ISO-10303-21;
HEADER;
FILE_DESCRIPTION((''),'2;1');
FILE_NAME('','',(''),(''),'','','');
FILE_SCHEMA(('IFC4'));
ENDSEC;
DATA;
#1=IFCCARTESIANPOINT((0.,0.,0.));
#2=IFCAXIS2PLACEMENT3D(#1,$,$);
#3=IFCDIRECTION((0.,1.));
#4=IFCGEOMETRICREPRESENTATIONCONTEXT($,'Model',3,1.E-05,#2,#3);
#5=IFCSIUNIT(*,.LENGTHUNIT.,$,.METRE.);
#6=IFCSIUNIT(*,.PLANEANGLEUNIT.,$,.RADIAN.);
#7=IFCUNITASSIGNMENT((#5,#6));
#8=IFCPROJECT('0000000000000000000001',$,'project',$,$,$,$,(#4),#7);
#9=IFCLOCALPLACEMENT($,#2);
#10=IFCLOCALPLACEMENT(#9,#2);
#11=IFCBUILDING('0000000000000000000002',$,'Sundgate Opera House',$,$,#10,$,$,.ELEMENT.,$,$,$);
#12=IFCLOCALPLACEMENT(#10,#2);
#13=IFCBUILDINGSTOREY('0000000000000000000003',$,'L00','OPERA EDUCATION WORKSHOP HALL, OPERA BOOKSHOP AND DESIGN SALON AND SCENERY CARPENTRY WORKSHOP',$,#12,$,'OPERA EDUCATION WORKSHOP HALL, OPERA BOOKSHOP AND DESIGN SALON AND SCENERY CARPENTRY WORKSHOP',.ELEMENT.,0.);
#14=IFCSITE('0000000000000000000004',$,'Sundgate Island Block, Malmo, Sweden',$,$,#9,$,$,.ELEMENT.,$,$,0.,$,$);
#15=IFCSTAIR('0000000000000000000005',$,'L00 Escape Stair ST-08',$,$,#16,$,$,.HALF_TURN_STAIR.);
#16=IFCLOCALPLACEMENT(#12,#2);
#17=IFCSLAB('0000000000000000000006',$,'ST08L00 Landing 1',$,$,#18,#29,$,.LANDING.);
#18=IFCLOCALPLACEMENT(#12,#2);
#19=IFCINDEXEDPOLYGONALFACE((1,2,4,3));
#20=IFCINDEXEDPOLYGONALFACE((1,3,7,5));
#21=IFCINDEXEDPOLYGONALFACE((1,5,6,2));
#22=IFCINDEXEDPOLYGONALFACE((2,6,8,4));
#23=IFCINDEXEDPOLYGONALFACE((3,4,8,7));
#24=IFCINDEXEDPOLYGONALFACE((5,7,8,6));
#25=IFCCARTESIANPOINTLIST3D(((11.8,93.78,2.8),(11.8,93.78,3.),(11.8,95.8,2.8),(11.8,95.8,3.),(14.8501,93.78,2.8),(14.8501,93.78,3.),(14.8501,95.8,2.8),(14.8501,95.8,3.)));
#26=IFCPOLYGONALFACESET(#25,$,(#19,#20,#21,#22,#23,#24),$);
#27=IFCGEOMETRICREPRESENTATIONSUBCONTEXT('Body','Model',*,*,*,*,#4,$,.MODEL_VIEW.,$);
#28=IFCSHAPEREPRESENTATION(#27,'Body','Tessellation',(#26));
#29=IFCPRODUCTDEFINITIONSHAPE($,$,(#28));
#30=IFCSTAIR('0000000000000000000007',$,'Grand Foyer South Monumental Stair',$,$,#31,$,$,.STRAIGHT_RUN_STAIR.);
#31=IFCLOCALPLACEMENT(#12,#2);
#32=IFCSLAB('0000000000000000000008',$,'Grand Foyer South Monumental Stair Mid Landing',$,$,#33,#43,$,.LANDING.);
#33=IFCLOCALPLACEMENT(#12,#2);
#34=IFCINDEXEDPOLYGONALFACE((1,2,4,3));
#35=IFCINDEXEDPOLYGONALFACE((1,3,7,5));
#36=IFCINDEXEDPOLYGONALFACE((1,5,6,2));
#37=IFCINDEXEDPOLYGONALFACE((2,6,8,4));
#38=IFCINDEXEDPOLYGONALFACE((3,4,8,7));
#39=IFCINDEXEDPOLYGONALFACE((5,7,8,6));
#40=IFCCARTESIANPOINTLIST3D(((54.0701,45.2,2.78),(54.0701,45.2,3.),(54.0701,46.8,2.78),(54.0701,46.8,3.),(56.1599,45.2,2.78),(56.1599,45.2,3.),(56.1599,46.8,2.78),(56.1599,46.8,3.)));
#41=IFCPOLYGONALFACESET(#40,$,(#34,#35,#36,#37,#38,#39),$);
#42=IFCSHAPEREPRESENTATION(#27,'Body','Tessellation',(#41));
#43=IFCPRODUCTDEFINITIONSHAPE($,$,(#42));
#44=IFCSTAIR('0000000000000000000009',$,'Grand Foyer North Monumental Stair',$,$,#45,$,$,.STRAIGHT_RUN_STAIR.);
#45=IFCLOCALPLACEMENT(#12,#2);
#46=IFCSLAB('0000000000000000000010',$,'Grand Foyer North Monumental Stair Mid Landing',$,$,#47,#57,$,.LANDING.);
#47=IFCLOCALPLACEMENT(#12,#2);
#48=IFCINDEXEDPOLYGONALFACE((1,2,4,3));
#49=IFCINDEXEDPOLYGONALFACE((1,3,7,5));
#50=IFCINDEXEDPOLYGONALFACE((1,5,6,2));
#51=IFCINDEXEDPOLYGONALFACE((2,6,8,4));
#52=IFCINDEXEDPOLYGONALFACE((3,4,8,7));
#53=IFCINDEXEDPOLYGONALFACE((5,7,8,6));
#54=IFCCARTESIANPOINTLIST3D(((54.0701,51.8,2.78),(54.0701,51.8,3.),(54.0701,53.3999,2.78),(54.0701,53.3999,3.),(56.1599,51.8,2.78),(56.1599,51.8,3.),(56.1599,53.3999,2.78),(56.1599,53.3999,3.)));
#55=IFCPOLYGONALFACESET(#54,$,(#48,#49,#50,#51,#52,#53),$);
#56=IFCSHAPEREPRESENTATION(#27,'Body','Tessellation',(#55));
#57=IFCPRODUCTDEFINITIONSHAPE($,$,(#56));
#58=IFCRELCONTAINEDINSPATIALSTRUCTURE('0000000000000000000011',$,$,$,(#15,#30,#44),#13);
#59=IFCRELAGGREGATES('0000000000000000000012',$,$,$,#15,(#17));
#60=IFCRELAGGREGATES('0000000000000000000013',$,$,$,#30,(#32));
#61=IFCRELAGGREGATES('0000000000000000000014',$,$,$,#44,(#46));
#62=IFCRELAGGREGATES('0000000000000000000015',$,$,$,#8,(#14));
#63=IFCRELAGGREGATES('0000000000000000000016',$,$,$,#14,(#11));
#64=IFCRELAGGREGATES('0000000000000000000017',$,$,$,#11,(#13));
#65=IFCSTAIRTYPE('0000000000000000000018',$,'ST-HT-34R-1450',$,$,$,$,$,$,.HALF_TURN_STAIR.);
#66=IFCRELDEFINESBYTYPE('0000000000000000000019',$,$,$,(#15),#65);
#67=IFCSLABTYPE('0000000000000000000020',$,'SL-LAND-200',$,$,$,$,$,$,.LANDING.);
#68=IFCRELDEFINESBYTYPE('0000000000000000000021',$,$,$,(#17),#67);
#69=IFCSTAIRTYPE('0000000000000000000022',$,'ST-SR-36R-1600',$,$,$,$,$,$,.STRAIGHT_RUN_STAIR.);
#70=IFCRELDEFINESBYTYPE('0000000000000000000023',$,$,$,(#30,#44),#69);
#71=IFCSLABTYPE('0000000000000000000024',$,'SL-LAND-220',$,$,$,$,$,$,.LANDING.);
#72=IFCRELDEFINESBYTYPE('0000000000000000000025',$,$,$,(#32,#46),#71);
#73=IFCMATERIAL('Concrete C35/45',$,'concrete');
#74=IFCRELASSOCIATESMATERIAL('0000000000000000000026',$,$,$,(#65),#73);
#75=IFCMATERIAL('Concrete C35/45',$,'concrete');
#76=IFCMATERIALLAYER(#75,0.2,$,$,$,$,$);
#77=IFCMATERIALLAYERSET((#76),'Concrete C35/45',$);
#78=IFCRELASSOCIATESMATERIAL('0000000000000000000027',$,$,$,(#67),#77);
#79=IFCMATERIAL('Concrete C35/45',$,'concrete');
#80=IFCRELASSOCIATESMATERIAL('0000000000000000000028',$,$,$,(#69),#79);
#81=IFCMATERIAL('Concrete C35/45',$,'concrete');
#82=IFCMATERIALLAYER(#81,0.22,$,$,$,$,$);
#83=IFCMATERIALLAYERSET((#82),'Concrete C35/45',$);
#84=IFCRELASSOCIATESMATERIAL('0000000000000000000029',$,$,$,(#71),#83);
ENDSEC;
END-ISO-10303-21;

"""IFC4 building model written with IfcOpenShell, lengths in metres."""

from ifc_helpers import new_model, si_unit, direction, frame, origin, place, context, subcontext, project, spatial, polyline, outline, extrude, material, layer, layer_set, type_object, element, aggregate, save


model = new_model("IFC4")

# Units and contexts
model_context = context("Model", 3, precision=1e-05, world=origin(), true_north=direction((0.0, 1.0)))
body_context = subcontext(model_context, "Body", "Model", "MODEL_VIEW")
ifc_project = project(units=[si_unit("LENGTHUNIT", "METRE"), si_unit("PLANEANGLEUNIT", "RADIAN")], contexts=[model_context])

# Site, building, storey
site_placement = place(None, origin())
site = spatial("IfcSite", under=ifc_project, at=site_placement, Name="Sundgate Island Block, Malmo, Sweden", CompositionType="ELEMENT", RefElevation=0.0)
building_placement = place(site_placement, origin())
building = spatial("IfcBuilding", under=site, at=building_placement, Name="Sundgate Opera House", CompositionType="ELEMENT")
storey_placement = place(building_placement, origin())
storey = spatial("IfcBuildingStorey", under=building, at=storey_placement, Name="L00", Description="OPERA EDUCATION WORKSHOP HALL, OPERA BOOKSHOP AND DESIGN SALON AND SCENERY CARPENTRY WORKSHOP", LongName="OPERA EDUCATION WORKSHOP HALL, OPERA BOOKSHOP AND DESIGN SALON AND SCENERY CARPENTRY WORKSHOP", CompositionType="ELEMENT", Elevation=0.0)

# Stairs, slabs
ifc_material_1 = material(Name="Concrete C35/45", Category="concrete")
stair_type_1 = type_object("IfcStairType", Name="ST-HT-34R-1450", PredefinedType="HALF_TURN_STAIR", material=ifc_material_1)
ifc_material_2 = material(Name="Concrete C35/45", Category="concrete")
ifc_layer_1 = layer(ifc_material_2, 0.2)
ifc_layer_set_1 = layer_set([ifc_layer_1], Name="Concrete C35/45")
slab_type_1 = type_object("IfcSlabType", Name="SL-LAND-200", PredefinedType="LANDING", material=ifc_layer_set_1)
stair_1_placement = place(storey_placement, origin())
stair_1 = element("IfcStair", 1, at=stair_1_placement, inside=storey, type_object=stair_type_1, Name="L00 Escape Stair ST-08", PredefinedType="HALF_TURN_STAIR")
slab_1_placement = place(storey_placement, frame((0.0, 0.0, 2.8)))
slab_1 = element("IfcSlab", 2, at=slab_1_placement, type_object=slab_type_1, Name="ST08L00 Landing 1", PredefinedType="LANDING", context=body_context, shape_type="SweptSolid", body=[
    extrude(outline(polyline([(14.8501, 93.78), (14.8501, 95.8), (11.8, 95.8), (11.8, 93.78), (14.8501, 93.78)])), origin(), (0.0, 0.0, 1.0), 0.2),
])
aggregate(stair_1, [slab_1])
ifc_material_3 = material(Name="Concrete C35/45", Category="concrete")
stair_type_2 = type_object("IfcStairType", Name="ST-SR-36R-1600", PredefinedType="STRAIGHT_RUN_STAIR", material=ifc_material_3)
stair_2_placement = place(storey_placement, origin())
stair_2 = element("IfcStair", 3, at=stair_2_placement, inside=storey, type_object=stair_type_2, Name="Grand Foyer South Monumental Stair", PredefinedType="STRAIGHT_RUN_STAIR")
ifc_material_4 = material(Name="Concrete C35/45", Category="concrete")
ifc_layer_2 = layer(ifc_material_4, 0.22)
ifc_layer_set_2 = layer_set([ifc_layer_2], Name="Concrete C35/45")
slab_type_2 = type_object("IfcSlabType", Name="SL-LAND-220", PredefinedType="LANDING", material=ifc_layer_set_2)
slab_2_placement = place(storey_placement, frame((0.0, 0.0, 2.78)))
slab_2 = element("IfcSlab", 4, at=slab_2_placement, type_object=slab_type_2, Name="Grand Foyer South Monumental Stair Mid Landing", PredefinedType="LANDING", context=body_context, shape_type="SweptSolid", body=[
    extrude(outline(polyline([(54.0701, 45.2), (56.1599, 45.2), (56.1599, 46.8), (54.0701, 46.8), (54.0701, 45.2)])), origin(), (0.0, 0.0, 1.0), 0.22),
])
aggregate(stair_2, [slab_2])
stair_3_placement = place(storey_placement, origin())
stair_3 = element("IfcStair", 5, at=stair_3_placement, inside=storey, type_object=stair_type_2, Name="Grand Foyer North Monumental Stair", PredefinedType="STRAIGHT_RUN_STAIR")
slab_3_placement = place(storey_placement, frame((0.0, 0.0, 2.78)))
slab_3 = element("IfcSlab", 6, at=slab_3_placement, type_object=slab_type_2, Name="Grand Foyer North Monumental Stair Mid Landing", PredefinedType="LANDING", context=body_context, shape_type="SweptSolid", body=[
    extrude(outline(polyline([(54.0701, 51.8), (56.1599, 51.8), (56.1599, 53.3999), (54.0701, 53.3999), (54.0701, 51.8)])), origin(), (0.0, 0.0, 1.0), 0.22),
])
aggregate(stair_3, [slab_3])

save(model, "model.ifc")
